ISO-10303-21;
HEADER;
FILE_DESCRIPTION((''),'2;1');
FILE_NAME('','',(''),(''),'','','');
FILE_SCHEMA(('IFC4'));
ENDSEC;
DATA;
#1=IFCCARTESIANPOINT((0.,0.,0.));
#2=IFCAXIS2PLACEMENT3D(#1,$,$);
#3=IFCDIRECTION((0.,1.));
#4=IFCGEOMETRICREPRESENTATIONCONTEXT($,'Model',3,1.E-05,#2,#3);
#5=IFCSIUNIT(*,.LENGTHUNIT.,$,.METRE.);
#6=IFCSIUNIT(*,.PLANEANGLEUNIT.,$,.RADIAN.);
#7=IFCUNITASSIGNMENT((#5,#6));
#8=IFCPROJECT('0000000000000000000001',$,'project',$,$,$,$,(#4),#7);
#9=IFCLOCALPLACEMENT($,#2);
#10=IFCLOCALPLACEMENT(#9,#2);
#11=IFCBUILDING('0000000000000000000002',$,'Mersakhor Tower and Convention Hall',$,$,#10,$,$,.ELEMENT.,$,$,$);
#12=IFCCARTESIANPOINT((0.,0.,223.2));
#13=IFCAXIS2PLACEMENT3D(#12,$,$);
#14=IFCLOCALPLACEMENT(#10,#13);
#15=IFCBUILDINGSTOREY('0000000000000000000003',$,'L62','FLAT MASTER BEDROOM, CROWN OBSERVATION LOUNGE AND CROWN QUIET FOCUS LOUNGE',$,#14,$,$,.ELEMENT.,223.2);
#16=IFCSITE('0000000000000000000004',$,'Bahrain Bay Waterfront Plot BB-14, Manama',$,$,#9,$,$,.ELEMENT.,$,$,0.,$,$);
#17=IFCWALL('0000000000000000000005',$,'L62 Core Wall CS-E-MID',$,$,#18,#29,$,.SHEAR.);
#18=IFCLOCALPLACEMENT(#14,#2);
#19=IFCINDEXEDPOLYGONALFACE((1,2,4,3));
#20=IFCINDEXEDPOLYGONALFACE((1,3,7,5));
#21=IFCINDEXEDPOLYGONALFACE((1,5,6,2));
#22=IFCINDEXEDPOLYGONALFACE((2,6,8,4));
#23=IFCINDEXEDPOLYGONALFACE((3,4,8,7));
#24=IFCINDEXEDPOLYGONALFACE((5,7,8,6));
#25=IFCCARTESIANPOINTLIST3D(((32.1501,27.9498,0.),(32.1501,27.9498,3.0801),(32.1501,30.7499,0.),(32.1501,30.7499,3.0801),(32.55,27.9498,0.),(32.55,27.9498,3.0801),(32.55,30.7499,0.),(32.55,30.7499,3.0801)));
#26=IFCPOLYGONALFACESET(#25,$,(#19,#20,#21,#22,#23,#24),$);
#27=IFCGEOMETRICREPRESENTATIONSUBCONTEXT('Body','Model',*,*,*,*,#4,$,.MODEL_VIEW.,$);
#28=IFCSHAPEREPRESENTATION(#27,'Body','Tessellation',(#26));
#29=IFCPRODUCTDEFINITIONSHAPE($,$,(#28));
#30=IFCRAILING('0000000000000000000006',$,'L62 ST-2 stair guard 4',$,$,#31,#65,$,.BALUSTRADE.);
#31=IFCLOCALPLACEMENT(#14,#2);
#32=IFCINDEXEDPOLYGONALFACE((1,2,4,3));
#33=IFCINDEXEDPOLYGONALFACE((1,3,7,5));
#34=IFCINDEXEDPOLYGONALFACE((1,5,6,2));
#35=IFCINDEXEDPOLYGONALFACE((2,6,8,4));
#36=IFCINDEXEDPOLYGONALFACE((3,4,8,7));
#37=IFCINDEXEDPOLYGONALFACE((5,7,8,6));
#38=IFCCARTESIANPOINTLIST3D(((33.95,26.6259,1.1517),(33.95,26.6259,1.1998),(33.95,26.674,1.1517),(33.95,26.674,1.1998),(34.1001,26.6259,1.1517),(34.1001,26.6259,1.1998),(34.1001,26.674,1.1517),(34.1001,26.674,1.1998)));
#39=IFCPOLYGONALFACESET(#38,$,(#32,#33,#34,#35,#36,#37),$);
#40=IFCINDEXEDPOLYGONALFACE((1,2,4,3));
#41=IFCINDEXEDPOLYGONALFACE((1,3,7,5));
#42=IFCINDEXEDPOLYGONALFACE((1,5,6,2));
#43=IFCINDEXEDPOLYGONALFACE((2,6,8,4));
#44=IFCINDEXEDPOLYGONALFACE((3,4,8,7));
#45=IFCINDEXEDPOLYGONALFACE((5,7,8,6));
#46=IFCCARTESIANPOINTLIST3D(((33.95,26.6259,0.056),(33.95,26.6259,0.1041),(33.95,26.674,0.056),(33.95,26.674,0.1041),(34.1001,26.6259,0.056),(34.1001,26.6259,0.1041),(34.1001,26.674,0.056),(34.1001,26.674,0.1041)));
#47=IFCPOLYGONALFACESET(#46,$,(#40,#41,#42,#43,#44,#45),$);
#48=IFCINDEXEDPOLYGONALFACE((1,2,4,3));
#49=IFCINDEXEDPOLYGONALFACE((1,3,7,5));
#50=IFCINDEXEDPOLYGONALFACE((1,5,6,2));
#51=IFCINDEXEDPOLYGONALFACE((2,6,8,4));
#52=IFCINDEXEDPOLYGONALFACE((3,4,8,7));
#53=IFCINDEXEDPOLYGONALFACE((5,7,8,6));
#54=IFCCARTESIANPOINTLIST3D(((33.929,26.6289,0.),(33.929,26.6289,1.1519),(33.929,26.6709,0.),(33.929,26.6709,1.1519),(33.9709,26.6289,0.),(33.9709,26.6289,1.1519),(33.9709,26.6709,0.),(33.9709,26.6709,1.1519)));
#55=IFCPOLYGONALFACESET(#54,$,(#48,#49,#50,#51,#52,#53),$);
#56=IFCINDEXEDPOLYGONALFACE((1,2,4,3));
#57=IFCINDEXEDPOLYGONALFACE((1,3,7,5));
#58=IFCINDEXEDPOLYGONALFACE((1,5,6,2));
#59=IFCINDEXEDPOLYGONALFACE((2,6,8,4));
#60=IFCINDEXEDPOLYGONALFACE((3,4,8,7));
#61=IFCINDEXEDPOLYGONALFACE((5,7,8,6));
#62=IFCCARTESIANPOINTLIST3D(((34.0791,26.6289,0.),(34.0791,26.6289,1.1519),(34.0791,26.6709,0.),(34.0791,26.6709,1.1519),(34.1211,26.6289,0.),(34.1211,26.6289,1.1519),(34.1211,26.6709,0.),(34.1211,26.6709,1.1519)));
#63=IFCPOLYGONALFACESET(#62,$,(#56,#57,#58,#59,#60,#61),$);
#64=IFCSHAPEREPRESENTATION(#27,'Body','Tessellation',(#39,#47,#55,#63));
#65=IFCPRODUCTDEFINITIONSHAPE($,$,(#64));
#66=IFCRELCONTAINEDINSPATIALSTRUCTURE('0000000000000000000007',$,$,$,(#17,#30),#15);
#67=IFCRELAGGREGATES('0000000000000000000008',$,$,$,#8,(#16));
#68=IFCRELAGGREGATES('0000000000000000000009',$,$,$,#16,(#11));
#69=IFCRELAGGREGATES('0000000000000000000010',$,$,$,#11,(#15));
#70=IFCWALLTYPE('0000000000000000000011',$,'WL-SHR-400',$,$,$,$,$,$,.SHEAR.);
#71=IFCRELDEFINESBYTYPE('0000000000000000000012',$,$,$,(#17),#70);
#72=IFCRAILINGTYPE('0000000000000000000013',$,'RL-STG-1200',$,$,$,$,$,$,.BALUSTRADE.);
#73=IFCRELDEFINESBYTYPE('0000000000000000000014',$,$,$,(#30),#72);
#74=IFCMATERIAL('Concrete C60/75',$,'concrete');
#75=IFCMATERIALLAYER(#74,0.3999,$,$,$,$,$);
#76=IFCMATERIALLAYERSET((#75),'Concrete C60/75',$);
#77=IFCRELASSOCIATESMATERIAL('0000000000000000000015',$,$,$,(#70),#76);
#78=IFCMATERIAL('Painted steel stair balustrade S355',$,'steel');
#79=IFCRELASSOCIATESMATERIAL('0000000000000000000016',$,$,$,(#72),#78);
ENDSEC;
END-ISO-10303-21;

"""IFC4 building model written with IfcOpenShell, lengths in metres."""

from ifc_helpers import new_model, si_unit, direction, frame, frame_2d, origin, origin_2d, place, context, subcontext, project, spatial, rectangle, extrude, material, layer, layer_set, type_object, element, save


model = new_model("IFC4")

# Units and contexts
model_context = context("Model", 3, precision=1e-05, world=origin(), true_north=direction((0.0, 1.0)))
body_context = subcontext(model_context, "Body", "Model", "MODEL_VIEW")
ifc_project = project(units=[si_unit("LENGTHUNIT", "METRE"), si_unit("PLANEANGLEUNIT", "RADIAN")], contexts=[model_context])

# Site, building, storey
site_placement = place(None, origin())
site = spatial("IfcSite", under=ifc_project, at=site_placement, Name="Bahrain Bay Waterfront Plot BB-14, Manama", CompositionType="ELEMENT", RefElevation=0.0)
building_placement = place(site_placement, origin())
building = spatial("IfcBuilding", under=site, at=building_placement, Name="Mersakhor Tower and Convention Hall", CompositionType="ELEMENT")
storey_placement = place(building_placement, frame((0.0, 0.0, 223.2)))
storey = spatial("IfcBuildingStorey", under=building, at=storey_placement, Name="L62", Description="FLAT MASTER BEDROOM, CROWN OBSERVATION LOUNGE AND CROWN QUIET FOCUS LOUNGE", CompositionType="ELEMENT", Elevation=223.2)

# Shared definitions
ifc_material_1 = material(Name="Concrete C60/75", Category="concrete")
ifc_layer_1 = layer(ifc_material_1, 0.3999)
ifc_layer_set_1 = layer_set([ifc_layer_1], Name="Concrete C60/75")
wall_type_1 = type_object("IfcWallType", Name="WL-SHR-400", PredefinedType="SHEAR", material=ifc_layer_set_1)

# Wall
wall_1_placement = place(storey_placement, frame((32.3501, 27.95, 0.0), z_axis=(0.0, 0.0, 1.0), x_axis=(0.0, 1.0, 0.0)))
element("IfcWall", 1, at=wall_1_placement, inside=storey, type_object=wall_type_1, Name="L62 Core Wall CS-E-MID", PredefinedType="SHEAR", context=body_context, shape_type="SweptSolid", body=[
    extrude(rectangle(XDim=2.8, YDim=0.3999, at=frame_2d((1.3999, 0.0))), origin(), (0.0, 0.0, 1.0), 3.0801),
])

# Railing
ifc_material_2 = material(Name="Painted steel stair balustrade S355", Category="steel")
railing_type = type_object("IfcRailingType", Name="RL-STG-1200", PredefinedType="BALUSTRADE", material=ifc_material_2)
railing_placement = place(storey_placement, frame((33.95, 26.6499, 0.0)))
element("IfcRailing", 2, at=railing_placement, inside=storey, type_object=railing_type, Name="L62 ST-2 stair guard 4", PredefinedType="BALUSTRADE", context=body_context, shape_type="SweptSolid", body=[
    extrude(rectangle(XDim=0.0481, YDim=0.0481, at=origin_2d()), frame((0.0, 0.0, 1.1758), z_axis=(1.0, 0.0, 0.0), x_axis=(0.0, 1.0, 0.0)), (0.0, 0.0, 1.0), 0.1501),
    extrude(rectangle(XDim=0.0481, YDim=0.0481, at=origin_2d()), frame((0.0, 0.0, 0.0801), z_axis=(1.0, 0.0, 0.0), x_axis=(0.0, 1.0, 0.0)), (0.0, 0.0, 1.0), 0.1501),
    extrude(rectangle(XDim=0.042, YDim=0.042, at=origin_2d()), origin(), (0.0, 0.0, 1.0), 1.1519),
    extrude(rectangle(XDim=0.042, YDim=0.042, at=origin_2d()), frame((0.1501, 0.0, 0.0)), (0.0, 0.0, 1.0), 1.1519),
])

save(model, "model.ifc")
